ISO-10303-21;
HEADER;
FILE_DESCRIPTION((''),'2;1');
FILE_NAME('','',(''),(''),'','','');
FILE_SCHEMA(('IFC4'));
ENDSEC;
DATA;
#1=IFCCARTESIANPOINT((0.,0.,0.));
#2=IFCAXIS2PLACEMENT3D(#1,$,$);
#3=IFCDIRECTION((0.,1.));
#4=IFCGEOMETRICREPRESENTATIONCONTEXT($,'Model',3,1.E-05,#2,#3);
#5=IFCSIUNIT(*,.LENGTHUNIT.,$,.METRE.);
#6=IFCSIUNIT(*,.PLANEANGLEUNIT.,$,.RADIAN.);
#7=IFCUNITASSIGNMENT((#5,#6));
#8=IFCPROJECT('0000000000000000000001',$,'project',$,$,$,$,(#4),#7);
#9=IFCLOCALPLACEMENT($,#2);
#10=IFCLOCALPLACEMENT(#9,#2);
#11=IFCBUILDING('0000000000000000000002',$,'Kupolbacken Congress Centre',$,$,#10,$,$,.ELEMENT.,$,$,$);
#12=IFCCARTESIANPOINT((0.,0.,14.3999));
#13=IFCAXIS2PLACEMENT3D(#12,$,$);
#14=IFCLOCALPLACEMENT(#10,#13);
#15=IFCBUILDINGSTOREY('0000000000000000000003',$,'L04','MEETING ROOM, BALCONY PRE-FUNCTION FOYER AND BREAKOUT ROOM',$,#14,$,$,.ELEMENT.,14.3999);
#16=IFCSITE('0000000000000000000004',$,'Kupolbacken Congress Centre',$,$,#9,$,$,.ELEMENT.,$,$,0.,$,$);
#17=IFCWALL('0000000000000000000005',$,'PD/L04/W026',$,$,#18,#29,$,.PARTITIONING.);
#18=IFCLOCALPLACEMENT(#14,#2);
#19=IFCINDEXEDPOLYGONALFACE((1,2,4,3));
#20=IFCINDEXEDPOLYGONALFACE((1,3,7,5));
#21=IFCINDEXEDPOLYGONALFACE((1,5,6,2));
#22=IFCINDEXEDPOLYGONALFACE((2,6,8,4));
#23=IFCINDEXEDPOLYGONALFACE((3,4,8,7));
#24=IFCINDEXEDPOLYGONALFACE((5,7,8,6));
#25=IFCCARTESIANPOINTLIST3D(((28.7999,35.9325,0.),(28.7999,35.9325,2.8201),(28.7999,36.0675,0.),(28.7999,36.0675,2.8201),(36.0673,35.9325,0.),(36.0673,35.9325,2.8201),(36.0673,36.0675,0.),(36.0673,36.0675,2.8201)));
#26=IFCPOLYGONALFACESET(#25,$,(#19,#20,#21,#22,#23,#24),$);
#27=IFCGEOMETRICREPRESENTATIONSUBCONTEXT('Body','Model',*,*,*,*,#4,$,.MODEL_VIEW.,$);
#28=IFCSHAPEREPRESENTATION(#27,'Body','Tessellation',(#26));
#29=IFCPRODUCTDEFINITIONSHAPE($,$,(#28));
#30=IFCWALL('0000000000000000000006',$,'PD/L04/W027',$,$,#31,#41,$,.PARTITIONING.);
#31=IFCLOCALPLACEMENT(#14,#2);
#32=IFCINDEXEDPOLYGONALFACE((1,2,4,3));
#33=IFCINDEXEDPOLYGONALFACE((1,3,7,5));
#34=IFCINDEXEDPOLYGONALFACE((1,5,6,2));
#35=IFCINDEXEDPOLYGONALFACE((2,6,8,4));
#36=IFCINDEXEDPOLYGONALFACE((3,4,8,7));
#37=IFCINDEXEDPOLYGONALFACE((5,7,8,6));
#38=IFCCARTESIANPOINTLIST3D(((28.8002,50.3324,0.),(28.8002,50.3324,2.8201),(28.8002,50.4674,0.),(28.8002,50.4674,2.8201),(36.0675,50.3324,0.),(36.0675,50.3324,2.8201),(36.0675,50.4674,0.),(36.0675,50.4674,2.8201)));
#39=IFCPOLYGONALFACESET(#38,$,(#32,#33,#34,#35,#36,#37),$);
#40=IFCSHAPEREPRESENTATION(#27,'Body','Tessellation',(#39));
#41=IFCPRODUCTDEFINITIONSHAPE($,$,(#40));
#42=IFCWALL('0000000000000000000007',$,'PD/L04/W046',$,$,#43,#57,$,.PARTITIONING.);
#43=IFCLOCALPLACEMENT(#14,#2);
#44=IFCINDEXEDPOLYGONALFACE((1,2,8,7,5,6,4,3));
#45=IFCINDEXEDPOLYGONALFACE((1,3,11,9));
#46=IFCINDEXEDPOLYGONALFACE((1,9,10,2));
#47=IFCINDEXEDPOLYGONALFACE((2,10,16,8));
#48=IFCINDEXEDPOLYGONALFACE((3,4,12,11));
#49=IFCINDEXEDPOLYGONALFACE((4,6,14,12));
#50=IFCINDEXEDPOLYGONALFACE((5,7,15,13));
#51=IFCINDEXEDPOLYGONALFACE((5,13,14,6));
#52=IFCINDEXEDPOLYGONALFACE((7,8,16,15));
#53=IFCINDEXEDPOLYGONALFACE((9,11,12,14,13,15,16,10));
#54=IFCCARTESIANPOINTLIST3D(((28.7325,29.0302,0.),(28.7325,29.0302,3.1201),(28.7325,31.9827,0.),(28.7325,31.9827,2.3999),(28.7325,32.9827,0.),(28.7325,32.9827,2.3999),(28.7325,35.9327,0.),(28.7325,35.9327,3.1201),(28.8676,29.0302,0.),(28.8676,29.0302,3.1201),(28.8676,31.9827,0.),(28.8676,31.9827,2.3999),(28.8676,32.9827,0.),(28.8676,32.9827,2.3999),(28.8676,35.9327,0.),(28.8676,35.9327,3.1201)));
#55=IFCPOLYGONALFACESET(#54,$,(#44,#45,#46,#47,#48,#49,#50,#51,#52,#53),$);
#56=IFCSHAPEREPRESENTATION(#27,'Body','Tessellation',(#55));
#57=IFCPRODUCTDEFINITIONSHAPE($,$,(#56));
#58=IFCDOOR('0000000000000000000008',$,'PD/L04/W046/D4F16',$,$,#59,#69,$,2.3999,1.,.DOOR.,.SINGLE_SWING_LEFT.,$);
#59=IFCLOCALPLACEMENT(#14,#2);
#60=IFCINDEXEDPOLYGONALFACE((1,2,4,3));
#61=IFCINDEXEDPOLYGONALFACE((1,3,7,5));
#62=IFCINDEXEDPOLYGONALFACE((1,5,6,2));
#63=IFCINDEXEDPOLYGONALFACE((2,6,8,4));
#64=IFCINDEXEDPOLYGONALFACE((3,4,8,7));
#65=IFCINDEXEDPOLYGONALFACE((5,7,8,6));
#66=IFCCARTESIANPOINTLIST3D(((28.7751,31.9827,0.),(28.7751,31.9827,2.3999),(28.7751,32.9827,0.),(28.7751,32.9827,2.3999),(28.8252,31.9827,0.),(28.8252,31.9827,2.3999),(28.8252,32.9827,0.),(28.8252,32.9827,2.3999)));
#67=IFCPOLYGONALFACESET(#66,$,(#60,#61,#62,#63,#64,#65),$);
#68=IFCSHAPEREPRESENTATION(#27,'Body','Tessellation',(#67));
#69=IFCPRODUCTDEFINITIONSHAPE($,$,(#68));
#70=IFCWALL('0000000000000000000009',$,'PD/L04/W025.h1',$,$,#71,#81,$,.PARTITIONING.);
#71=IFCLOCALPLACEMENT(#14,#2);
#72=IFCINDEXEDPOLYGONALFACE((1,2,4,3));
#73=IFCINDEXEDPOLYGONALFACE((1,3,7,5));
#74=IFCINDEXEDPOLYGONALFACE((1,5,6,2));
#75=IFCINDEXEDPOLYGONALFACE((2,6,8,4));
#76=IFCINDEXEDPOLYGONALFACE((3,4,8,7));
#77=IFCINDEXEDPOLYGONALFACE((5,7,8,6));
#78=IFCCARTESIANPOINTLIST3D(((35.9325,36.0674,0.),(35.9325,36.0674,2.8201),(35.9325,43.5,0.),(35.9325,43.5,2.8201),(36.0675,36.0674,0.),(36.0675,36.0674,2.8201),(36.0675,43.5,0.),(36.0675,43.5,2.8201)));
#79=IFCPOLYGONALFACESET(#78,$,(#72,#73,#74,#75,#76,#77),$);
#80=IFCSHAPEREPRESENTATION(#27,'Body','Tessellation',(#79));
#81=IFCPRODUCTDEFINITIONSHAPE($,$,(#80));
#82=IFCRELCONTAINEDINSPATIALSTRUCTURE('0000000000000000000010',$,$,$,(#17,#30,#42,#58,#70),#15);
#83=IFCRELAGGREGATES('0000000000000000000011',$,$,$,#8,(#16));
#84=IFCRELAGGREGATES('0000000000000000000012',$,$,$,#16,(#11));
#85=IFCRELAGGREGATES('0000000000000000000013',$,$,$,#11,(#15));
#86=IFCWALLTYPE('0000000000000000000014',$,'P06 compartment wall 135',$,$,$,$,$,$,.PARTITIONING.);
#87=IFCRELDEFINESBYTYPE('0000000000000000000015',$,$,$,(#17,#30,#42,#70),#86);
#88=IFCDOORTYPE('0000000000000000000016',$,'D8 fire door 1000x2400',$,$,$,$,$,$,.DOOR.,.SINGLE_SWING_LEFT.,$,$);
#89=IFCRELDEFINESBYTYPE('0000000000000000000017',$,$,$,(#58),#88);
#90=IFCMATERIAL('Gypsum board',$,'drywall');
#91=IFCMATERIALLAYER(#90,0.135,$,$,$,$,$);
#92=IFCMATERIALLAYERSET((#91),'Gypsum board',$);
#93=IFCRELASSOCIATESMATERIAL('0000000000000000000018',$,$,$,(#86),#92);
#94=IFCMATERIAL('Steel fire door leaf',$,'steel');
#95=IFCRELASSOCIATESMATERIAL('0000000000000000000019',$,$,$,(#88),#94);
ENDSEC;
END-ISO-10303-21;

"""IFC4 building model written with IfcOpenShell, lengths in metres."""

from ifc_helpers import new_model, si_unit, direction, frame, frame_2d, origin, place, context, subcontext, project, spatial, rectangle, extrude, material, layer, layer_set, type_object, element, fill, save


model = new_model("IFC4")

# Units and contexts
model_context = context("Model", 3, precision=1e-05, world=origin(), true_north=direction((0.0, 1.0)))
body_context = subcontext(model_context, "Body", "Model", "MODEL_VIEW")
ifc_project = project(units=[si_unit("LENGTHUNIT", "METRE"), si_unit("PLANEANGLEUNIT", "RADIAN")], contexts=[model_context])

# Site, building, storey
site_placement = place(None, origin())
site = spatial("IfcSite", under=ifc_project, at=site_placement, Name="Kupolbacken Congress Centre", CompositionType="ELEMENT", RefElevation=0.0)
building_placement = place(site_placement, origin())
building = spatial("IfcBuilding", under=site, at=building_placement, Name="Kupolbacken Congress Centre", CompositionType="ELEMENT")
storey_placement = place(building_placement, frame((0.0, 0.0, 14.3999)))
storey = spatial("IfcBuildingStorey", under=building, at=storey_placement, Name="L04", Description="MEETING ROOM, BALCONY PRE-FUNCTION FOYER AND BREAKOUT ROOM", CompositionType="ELEMENT", Elevation=14.3999)

# Shared definitions
ifc_material_1 = material(Name="Gypsum board", Category="drywall")
ifc_layer_1 = layer(ifc_material_1, 0.135)
ifc_layer_set_1 = layer_set([ifc_layer_1], Name="Gypsum board")
wall_type_1 = type_object("IfcWallType", Name="P06 compartment wall 135", PredefinedType="PARTITIONING", material=ifc_layer_set_1)

# Walls
for number, where, z_axis, x_axis, name in (
    (1, (36.0674, 36.0, 0.0), (0.0, 0.0, 1.0), (-1.0, 0.0, 0.0), "PD/L04/W026"),
    (2, (28.8, 50.3999, 0.0), (0.0, 0.0, 1.0), (1.0, 0.0, 0.0), "PD/L04/W027"),
):
    element("IfcWall", number, at=place(storey_placement, frame(where, z_axis=z_axis, x_axis=x_axis)), inside=storey, type_object=wall_type_1, Name=name, PredefinedType="PARTITIONING", context=body_context, shape_type="SweptSolid", body=[
        extrude(rectangle(XDim=7.2673, YDim=0.135, at=frame_2d((3.6338, 0.0))), origin(), (0.0, 0.0, 1.0), 2.8201),
    ])

# Wall, opening, door
wall_1_placement = place(storey_placement, frame((28.8, 35.9326, 0.0), z_axis=(0.0, 0.0, 1.0), x_axis=(0.0, -1.0, 0.0)))
wall_1 = element("IfcWall", 3, at=wall_1_placement, inside=storey, type_object=wall_type_1, Name="PD/L04/W046", PredefinedType="PARTITIONING", context=body_context, shape_type="SweptSolid", body=[
    extrude(rectangle(XDim=6.9026, YDim=0.135, at=frame_2d((3.4512, 0.0))), origin(), (0.0, 0.0, 1.0), 3.1201),
])
opening_1_placement = place(wall_1_placement, frame((2.95, 0.0, 0.0)))
opening_1 = element("IfcOpeningElement", 4, at=opening_1_placement, cuts=wall_1, PredefinedType="OPENING", context=body_context, shape_type="SweptSolid", body=[
    extrude(rectangle(XDim=1.0, YDim=2.3999, at=frame_2d((0.5, 1.2))), frame((0.0, 0.0774, 0.0), z_axis=(0.0, -1.0, 0.0), x_axis=(1.0, 0.0, 0.0)), (0.0, 0.0, 1.0), 0.155),
])
ifc_material_2 = material(Name="Steel fire door leaf", Category="steel")
door_type_1 = type_object("IfcDoorType", Name="D8 fire door 1000x2400", OperationType="SINGLE_SWING_LEFT", PredefinedType="DOOR", material=ifc_material_2)
door_1_placement = place(opening_1_placement, frame((1.0, 0.0, 0.0), z_axis=(0.0, 0.0, 1.0), x_axis=(-1.0, 0.0, 0.0)))
door_1 = element("IfcDoor", 5, at=door_1_placement, inside=storey, type_object=door_type_1, Name="PD/L04/W046/D4F16", OperationType="SINGLE_SWING_LEFT", OverallHeight=2.3999, OverallWidth=1.0, PredefinedType="DOOR", context=body_context, shape_type="SweptSolid", body=[
    extrude(rectangle(XDim=1.0, YDim=2.3999, at=frame_2d((0.5, 1.2))), frame((0.0, 0.0249, 0.0), z_axis=(0.0, -1.0, 0.0), x_axis=(1.0, 0.0, 0.0)), (0.0, 0.0, 1.0), 0.05),
])
fill(opening_1, door_1)

# Wall
wall_2_placement = place(storey_placement, frame((36.0, 43.5, 0.0), z_axis=(0.0, 0.0, 1.0), x_axis=(0.0, -1.0, 0.0)))
element("IfcWall", 6, at=wall_2_placement, inside=storey, type_object=wall_type_1, Name="PD/L04/W025.h1", PredefinedType="PARTITIONING", context=body_context, shape_type="SweptSolid", body=[
    extrude(rectangle(XDim=7.4326, YDim=0.135, at=frame_2d((3.7163, 0.0))), origin(), (0.0, 0.0, 1.0), 2.8201),
])

save(model, "model.ifc")
